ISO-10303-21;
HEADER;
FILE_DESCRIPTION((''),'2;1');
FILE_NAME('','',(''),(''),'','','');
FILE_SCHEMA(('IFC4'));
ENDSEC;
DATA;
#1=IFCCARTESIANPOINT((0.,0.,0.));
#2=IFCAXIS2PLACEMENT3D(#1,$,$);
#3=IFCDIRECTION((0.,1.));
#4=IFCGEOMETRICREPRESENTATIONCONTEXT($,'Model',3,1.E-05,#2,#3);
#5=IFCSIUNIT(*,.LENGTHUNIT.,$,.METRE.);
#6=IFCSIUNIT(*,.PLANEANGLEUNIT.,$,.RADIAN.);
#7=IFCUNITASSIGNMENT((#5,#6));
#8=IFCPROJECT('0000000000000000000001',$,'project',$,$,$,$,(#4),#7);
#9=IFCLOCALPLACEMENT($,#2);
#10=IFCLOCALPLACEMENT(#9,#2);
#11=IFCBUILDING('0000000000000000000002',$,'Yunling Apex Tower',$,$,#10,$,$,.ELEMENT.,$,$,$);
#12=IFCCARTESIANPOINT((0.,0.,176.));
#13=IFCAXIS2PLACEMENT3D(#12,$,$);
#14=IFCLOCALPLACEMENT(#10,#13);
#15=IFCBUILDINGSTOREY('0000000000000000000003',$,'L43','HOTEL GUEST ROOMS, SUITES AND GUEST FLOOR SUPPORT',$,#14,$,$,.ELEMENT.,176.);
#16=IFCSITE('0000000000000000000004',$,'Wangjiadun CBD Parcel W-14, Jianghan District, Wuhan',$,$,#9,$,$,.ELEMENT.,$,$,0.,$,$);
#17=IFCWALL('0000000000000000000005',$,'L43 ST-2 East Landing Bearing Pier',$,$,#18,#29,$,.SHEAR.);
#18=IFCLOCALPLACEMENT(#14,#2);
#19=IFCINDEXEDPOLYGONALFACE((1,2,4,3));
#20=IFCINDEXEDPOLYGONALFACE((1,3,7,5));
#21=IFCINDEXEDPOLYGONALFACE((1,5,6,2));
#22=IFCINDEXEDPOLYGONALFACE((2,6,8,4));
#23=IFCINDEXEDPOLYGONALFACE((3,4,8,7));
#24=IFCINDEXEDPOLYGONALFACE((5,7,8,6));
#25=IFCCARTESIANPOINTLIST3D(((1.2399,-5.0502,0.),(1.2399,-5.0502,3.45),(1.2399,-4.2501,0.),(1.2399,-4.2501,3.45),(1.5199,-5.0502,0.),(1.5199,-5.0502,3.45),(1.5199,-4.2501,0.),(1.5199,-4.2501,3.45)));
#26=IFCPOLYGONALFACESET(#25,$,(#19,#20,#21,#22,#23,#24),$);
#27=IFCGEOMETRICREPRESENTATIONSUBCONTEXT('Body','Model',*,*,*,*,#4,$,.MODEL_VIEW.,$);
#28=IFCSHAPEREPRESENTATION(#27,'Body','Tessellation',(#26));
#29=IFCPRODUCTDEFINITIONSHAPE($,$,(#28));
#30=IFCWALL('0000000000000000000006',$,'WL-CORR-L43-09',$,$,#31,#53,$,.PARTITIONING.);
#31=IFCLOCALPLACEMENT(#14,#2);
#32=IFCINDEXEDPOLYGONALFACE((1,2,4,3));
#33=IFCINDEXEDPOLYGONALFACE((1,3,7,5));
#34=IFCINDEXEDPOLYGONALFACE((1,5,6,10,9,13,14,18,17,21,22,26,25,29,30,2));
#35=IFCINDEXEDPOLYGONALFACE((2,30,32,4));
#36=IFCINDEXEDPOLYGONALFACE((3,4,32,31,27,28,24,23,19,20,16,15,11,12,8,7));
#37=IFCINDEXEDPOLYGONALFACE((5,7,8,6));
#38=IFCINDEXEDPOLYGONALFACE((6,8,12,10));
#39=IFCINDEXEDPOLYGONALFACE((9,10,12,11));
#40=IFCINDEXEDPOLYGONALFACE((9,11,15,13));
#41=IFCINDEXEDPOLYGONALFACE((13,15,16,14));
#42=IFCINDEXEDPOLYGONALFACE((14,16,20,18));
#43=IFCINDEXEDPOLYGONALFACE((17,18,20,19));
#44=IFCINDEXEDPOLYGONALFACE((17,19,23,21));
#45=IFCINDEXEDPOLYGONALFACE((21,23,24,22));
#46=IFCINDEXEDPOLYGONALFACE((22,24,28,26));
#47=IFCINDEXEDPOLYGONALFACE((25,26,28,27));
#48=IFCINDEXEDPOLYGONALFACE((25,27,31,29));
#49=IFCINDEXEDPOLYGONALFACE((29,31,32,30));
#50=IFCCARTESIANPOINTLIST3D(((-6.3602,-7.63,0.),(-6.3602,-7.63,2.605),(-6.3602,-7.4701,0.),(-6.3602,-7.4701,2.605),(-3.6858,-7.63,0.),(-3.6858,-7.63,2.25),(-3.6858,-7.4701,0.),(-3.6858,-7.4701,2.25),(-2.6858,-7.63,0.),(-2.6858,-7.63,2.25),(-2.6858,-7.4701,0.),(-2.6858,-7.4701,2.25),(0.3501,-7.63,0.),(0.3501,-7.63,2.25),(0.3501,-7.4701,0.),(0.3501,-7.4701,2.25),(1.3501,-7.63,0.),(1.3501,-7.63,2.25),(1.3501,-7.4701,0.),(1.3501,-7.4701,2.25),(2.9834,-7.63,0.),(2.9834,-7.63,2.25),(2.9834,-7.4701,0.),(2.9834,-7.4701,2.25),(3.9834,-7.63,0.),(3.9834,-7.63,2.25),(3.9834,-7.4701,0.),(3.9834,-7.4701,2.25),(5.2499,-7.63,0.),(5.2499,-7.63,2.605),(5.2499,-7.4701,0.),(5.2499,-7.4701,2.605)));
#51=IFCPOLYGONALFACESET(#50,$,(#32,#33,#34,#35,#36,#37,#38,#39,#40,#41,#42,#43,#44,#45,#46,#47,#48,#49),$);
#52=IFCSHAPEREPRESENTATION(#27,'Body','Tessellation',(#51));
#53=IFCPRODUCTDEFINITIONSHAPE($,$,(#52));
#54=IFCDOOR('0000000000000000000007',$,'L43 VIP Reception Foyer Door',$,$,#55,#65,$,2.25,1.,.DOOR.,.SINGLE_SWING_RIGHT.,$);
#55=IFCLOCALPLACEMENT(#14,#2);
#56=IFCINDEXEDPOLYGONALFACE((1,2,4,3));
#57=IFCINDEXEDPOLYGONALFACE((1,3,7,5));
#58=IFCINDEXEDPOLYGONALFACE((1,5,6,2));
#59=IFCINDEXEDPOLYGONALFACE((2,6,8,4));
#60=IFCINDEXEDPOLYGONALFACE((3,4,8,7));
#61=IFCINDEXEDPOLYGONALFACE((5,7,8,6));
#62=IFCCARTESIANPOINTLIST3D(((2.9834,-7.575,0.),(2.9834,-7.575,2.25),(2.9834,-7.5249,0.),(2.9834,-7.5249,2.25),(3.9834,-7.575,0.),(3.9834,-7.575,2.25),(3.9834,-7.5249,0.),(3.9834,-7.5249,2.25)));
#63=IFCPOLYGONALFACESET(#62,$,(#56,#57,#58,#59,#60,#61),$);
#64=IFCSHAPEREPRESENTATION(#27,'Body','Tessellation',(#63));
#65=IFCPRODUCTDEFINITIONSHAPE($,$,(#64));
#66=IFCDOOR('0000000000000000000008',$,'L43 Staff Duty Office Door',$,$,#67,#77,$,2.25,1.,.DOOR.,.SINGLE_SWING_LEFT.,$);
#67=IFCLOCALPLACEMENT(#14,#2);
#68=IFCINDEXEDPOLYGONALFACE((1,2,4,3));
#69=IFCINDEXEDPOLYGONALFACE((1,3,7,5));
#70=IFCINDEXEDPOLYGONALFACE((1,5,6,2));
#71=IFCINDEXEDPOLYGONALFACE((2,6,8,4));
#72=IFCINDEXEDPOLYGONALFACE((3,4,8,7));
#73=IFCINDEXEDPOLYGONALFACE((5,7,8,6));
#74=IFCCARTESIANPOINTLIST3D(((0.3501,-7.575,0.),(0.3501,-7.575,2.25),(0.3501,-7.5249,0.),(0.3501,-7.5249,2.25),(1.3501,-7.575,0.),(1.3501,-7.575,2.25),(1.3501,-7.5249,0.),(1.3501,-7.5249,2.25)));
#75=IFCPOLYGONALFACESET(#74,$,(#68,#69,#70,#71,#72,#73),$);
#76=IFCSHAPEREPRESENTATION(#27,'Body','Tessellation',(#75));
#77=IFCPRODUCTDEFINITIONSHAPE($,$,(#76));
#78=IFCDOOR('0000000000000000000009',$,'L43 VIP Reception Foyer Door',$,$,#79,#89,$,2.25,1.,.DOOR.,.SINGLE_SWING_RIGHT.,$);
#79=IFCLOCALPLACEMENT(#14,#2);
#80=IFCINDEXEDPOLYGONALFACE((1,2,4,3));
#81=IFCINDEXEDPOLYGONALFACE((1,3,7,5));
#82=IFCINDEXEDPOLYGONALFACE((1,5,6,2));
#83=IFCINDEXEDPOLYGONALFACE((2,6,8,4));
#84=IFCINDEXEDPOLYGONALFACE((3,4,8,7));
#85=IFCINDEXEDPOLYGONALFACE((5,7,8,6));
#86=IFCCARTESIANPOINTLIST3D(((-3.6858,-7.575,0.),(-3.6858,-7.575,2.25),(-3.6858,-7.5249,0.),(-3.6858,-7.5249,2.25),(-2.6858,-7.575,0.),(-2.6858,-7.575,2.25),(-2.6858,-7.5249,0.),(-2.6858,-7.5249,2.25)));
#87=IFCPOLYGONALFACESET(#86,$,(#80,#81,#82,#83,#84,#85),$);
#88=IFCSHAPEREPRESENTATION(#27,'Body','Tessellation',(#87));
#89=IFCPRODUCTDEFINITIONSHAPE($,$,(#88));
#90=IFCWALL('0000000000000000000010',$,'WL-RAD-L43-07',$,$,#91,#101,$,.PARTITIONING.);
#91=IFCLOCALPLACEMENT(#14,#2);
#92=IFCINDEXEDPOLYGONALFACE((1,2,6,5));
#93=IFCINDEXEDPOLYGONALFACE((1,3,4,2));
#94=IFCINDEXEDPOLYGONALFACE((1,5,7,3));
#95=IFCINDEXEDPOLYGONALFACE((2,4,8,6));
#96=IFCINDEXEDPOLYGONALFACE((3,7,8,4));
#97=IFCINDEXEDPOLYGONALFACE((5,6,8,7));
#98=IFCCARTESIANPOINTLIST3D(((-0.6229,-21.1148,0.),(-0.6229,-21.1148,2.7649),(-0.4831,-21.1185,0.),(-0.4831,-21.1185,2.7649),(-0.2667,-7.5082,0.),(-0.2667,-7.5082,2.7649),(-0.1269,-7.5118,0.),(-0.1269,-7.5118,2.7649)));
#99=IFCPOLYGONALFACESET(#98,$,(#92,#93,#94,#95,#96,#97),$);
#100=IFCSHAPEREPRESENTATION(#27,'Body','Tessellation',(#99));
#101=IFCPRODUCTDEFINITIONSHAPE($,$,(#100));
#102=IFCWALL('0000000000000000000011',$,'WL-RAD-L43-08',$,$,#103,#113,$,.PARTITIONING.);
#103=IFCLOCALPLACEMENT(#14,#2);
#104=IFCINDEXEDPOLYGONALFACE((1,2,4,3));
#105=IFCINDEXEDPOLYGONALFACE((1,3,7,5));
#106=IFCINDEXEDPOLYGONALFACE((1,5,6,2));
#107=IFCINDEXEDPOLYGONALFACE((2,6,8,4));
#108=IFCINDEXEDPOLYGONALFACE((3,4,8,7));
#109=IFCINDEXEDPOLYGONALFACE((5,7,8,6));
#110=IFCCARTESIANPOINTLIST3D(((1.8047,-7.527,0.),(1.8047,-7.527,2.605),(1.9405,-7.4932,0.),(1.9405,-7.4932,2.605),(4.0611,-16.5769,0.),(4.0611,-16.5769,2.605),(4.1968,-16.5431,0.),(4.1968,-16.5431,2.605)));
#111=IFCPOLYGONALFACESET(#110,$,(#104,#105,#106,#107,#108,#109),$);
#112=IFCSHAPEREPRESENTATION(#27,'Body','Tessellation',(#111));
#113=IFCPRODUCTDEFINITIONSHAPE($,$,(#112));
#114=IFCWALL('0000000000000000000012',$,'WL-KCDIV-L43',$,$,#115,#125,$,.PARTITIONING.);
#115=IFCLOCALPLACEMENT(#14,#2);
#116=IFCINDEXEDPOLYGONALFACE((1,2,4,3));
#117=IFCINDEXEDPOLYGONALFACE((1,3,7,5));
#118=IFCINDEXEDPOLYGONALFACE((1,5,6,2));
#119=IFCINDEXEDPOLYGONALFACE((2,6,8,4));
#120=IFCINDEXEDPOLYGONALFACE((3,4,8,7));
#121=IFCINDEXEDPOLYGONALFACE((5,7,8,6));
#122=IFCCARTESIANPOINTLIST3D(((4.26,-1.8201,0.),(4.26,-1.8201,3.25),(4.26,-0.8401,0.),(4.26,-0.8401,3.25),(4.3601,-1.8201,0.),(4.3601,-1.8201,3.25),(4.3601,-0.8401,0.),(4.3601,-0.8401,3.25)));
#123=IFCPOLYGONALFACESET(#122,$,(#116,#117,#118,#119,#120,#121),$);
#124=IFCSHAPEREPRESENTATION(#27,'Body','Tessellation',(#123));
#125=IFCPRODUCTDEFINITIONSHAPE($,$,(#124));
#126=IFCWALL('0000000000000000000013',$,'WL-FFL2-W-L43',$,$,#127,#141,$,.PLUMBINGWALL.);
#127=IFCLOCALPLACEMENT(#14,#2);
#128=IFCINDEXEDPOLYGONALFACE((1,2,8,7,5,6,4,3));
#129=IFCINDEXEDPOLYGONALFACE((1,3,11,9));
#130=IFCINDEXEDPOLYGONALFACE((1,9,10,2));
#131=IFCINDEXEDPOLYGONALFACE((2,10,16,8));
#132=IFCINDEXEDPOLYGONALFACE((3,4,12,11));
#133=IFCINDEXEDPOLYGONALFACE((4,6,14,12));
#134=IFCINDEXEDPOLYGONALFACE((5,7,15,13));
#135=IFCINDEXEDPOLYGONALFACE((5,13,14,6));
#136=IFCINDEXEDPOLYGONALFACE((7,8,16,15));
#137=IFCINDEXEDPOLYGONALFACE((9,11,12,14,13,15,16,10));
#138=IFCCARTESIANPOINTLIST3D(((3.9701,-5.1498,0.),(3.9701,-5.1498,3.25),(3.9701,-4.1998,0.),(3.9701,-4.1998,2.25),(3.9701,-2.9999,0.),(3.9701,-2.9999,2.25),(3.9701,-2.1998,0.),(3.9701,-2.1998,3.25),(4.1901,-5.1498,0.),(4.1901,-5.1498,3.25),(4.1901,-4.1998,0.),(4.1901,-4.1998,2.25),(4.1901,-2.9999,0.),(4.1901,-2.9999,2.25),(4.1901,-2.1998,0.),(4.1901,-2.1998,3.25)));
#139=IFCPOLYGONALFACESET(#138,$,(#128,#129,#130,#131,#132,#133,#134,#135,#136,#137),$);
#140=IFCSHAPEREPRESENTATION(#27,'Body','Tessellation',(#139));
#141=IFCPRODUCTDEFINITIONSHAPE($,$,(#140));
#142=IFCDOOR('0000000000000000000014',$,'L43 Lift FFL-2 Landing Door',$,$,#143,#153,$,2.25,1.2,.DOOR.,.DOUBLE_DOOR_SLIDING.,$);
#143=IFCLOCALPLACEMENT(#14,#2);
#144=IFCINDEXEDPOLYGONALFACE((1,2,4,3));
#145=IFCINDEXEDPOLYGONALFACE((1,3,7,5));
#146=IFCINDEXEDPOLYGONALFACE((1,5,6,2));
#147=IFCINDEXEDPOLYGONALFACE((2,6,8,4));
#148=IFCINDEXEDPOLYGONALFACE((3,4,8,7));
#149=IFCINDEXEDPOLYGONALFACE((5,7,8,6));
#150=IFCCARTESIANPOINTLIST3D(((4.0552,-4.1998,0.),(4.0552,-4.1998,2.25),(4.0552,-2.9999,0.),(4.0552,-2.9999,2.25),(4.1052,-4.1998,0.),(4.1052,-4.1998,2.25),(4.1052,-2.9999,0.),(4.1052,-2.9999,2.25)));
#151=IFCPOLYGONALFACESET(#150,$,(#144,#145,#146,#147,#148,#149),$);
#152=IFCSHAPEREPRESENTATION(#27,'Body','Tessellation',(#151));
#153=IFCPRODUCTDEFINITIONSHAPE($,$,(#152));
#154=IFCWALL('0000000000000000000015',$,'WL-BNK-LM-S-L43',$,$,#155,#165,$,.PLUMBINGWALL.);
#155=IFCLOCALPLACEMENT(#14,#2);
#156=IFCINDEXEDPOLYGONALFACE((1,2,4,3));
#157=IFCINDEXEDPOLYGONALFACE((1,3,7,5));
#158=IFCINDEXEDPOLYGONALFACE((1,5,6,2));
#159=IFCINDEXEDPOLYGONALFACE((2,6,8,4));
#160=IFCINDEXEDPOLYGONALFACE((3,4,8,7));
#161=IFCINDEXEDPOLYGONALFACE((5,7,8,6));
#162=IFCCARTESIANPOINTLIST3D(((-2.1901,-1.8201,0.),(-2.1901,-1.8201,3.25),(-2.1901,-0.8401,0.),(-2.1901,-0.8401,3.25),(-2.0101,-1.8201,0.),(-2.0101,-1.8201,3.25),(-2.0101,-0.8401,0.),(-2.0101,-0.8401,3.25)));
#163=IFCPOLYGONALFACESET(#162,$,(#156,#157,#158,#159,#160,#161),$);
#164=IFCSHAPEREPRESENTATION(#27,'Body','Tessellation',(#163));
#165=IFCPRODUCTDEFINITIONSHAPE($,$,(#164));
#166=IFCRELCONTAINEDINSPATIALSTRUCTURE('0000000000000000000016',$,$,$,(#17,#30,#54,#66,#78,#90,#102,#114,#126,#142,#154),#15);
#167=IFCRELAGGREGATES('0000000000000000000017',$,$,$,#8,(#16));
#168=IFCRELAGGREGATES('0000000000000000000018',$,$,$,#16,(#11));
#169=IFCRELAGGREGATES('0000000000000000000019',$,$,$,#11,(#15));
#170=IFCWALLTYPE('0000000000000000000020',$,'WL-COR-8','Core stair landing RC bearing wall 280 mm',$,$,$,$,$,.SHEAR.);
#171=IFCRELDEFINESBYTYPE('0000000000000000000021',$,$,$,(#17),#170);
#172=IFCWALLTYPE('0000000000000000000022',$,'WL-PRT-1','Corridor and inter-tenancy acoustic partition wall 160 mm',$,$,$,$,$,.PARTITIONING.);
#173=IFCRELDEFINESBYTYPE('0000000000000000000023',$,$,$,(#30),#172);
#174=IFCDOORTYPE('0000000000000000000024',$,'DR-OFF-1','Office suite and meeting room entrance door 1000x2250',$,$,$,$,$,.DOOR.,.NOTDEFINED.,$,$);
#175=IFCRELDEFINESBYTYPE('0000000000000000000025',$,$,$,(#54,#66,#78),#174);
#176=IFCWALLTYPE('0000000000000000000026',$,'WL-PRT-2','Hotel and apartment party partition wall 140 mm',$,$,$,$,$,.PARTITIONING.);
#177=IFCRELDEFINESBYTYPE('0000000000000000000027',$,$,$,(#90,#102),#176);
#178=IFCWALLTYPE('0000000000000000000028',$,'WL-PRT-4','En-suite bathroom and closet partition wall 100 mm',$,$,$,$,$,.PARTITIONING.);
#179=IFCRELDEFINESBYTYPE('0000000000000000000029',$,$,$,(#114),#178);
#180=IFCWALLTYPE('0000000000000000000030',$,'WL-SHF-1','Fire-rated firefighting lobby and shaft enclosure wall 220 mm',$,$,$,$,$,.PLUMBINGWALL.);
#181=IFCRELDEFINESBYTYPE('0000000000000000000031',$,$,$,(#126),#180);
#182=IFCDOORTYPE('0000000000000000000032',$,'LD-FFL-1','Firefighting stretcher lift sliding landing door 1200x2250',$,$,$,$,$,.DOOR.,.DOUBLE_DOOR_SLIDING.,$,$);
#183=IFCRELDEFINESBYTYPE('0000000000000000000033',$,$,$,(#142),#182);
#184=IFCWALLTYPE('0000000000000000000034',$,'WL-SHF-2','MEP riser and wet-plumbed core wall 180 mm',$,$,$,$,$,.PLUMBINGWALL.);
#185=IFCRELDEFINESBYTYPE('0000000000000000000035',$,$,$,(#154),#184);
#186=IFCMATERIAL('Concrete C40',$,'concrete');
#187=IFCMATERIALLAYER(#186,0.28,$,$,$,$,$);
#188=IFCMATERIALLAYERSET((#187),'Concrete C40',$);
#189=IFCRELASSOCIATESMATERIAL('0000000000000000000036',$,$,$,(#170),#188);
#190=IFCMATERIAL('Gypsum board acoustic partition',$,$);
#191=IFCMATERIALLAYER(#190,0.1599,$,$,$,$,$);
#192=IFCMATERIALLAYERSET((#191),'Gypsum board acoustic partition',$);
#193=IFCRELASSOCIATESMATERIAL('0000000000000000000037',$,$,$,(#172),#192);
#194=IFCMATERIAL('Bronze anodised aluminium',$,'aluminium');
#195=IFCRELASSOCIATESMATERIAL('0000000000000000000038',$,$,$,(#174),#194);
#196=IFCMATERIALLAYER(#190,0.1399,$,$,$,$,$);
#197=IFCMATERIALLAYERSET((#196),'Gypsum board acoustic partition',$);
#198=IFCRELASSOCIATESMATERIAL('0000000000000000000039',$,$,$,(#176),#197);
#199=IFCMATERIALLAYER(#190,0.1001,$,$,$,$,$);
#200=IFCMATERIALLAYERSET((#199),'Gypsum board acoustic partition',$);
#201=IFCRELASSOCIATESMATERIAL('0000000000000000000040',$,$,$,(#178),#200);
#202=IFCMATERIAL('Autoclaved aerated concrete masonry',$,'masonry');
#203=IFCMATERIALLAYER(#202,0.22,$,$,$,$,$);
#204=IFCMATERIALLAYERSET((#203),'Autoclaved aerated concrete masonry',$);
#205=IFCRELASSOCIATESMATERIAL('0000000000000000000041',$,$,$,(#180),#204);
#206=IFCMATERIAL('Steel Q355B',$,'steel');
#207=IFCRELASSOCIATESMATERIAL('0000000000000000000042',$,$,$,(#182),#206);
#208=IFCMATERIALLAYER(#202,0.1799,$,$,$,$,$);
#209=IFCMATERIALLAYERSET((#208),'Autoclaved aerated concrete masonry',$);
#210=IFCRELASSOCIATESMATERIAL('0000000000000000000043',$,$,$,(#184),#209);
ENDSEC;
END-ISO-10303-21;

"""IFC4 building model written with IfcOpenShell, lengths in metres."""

from ifc_helpers import new_model, si_unit, direction, frame, frame_2d, origin, place, context, subcontext, project, spatial, rectangle, extrude, material, layer, layer_set, type_object, element, fill, save


model = new_model("IFC4")

# Units and contexts
model_context = context("Model", 3, precision=1e-05, world=origin(), true_north=direction((0.0, 1.0)))
body_context = subcontext(model_context, "Body", "Model", "MODEL_VIEW")
ifc_project = project(units=[si_unit("LENGTHUNIT", "METRE"), si_unit("PLANEANGLEUNIT", "RADIAN")], contexts=[model_context])

# Site, building, storey
site_placement = place(None, origin())
site = spatial("IfcSite", under=ifc_project, at=site_placement, Name="Wangjiadun CBD Parcel W-14, Jianghan District, Wuhan", CompositionType="ELEMENT", RefElevation=0.0)
building_placement = place(site_placement, origin())
building = spatial("IfcBuilding", under=site, at=building_placement, Name="Yunling Apex Tower", CompositionType="ELEMENT")
storey_placement = place(building_placement, frame((0.0, 0.0, 176.0)))
storey = spatial("IfcBuildingStorey", under=building, at=storey_placement, Name="L43", Description="HOTEL GUEST ROOMS, SUITES AND GUEST FLOOR SUPPORT", CompositionType="ELEMENT", Elevation=176.0)

# Wall
ifc_material_1 = material(Name="Concrete C40", Category="concrete")
ifc_layer_1 = layer(ifc_material_1, 0.28)
ifc_layer_set_1 = layer_set([ifc_layer_1], Name="Concrete C40")
wall_type_1 = type_object("IfcWallType", Name="WL-COR-8", Description="Core stair landing RC bearing wall 280 mm", PredefinedType="SHEAR", material=ifc_layer_set_1)
wall_1_placement = place(storey_placement, frame((1.3799, -5.05, 0.0), z_axis=(0.0, 0.0, 1.0), x_axis=(0.0, 1.0, 0.0)))
element("IfcWall", 1, at=wall_1_placement, inside=storey, type_object=wall_type_1, Name="L43 ST-2 East Landing Bearing Pier", PredefinedType="SHEAR", context=body_context, shape_type="SweptSolid", body=[
    extrude(rectangle(XDim=0.8, YDim=0.28, at=frame_2d((0.3999, 0.0))), origin(), (0.0, 0.0, 1.0), 3.45),
])

# Wall, openings, doors
ifc_material_2 = material(Name="Gypsum board acoustic partition")
ifc_layer_2 = layer(ifc_material_2, 0.1599)
ifc_layer_set_2 = layer_set([ifc_layer_2], Name="Gypsum board acoustic partition")
wall_type_2 = type_object("IfcWallType", Name="WL-PRT-1", Description="Corridor and inter-tenancy acoustic partition wall 160 mm", PredefinedType="PARTITIONING", material=ifc_layer_set_2)
wall_2_placement = place(storey_placement, frame((5.25, -7.55, 0.0), z_axis=(0.0, 0.0, 1.0), x_axis=(-1.0, 0.0, 0.0)))
wall_2 = element("IfcWall", 2, at=wall_2_placement, inside=storey, type_object=wall_type_2, Name="WL-CORR-L43-09", PredefinedType="PARTITIONING", context=body_context, shape_type="SweptSolid", body=[
    extrude(rectangle(XDim=11.6101, YDim=0.1599, at=frame_2d((5.8052, 0.0))), origin(), (0.0, 0.0, 1.0), 2.605),
])
opening_1_placement = place(wall_2_placement, frame((1.2666, 0.0, 0.0)))
opening_1 = element("IfcOpeningElement", 3, at=opening_1_placement, cuts=wall_2, PredefinedType="OPENING", context=body_context, shape_type="SweptSolid", body=[
    extrude(rectangle(XDim=1.0, YDim=2.25, at=frame_2d((0.5, 1.125))), frame((0.0, 0.0898, 0.0), z_axis=(0.0, -1.0, 0.0), x_axis=(1.0, 0.0, 0.0)), (0.0, 0.0, 1.0), 0.1799),
])
opening_2_placement = place(wall_2_placement, frame((3.8999, 0.0, 0.0)))
opening_2 = element("IfcOpeningElement", 4, at=opening_2_placement, cuts=wall_2, PredefinedType="OPENING", context=body_context, shape_type="SweptSolid", body=[
    extrude(rectangle(XDim=1.0, YDim=2.25, at=frame_2d((0.5, 1.125))), frame((0.0, 0.0898, 0.0), z_axis=(0.0, -1.0, 0.0), x_axis=(1.0, 0.0, 0.0)), (0.0, 0.0, 1.0), 0.1799),
])
opening_3_placement = place(wall_2_placement, frame((7.9358, 0.0, 0.0)))
opening_3 = element("IfcOpeningElement", 5, at=opening_3_placement, cuts=wall_2, PredefinedType="OPENING", context=body_context, shape_type="SweptSolid", body=[
    extrude(rectangle(XDim=1.0, YDim=2.25, at=frame_2d((0.5, 1.125))), frame((0.0, 0.0898, 0.0), z_axis=(0.0, -1.0, 0.0), x_axis=(1.0, 0.0, 0.0)), (0.0, 0.0, 1.0), 0.1799),
])
ifc_material_3 = material(Name="Bronze anodised aluminium", Category="aluminium")
door_type_1 = type_object("IfcDoorType", Name="DR-OFF-1", Description="Office suite and meeting room entrance door 1000x2250", OperationType="NOTDEFINED", PredefinedType="DOOR", material=ifc_material_3)
door_1_placement = place(opening_1_placement, origin())
door_1 = element("IfcDoor", 6, at=door_1_placement, inside=storey, type_object=door_type_1, Name="L43 VIP Reception Foyer Door", OperationType="SINGLE_SWING_RIGHT", OverallHeight=2.25, OverallWidth=1.0, PredefinedType="DOOR", context=body_context, shape_type="SweptSolid", body=[
    extrude(rectangle(XDim=1.0, YDim=2.25, at=frame_2d((0.5, 1.125))), frame((0.0, 0.0249, 0.0), z_axis=(0.0, -1.0, 0.0), x_axis=(1.0, 0.0, 0.0)), (0.0, 0.0, 1.0), 0.05),
])
fill(opening_1, door_1)
door_2_placement = place(opening_2_placement, origin())
door_2 = element("IfcDoor", 7, at=door_2_placement, inside=storey, type_object=door_type_1, Name="L43 Staff Duty Office Door", OperationType="SINGLE_SWING_LEFT", OverallHeight=2.25, OverallWidth=1.0, PredefinedType="DOOR", context=body_context, shape_type="SweptSolid", body=[
    extrude(rectangle(XDim=1.0, YDim=2.25, at=frame_2d((0.5, 1.125))), frame((0.0, 0.0249, 0.0), z_axis=(0.0, -1.0, 0.0), x_axis=(1.0, 0.0, 0.0)), (0.0, 0.0, 1.0), 0.05),
])
fill(opening_2, door_2)
door_3_placement = place(opening_3_placement, origin())
door_3 = element("IfcDoor", 8, at=door_3_placement, inside=storey, type_object=door_type_1, Name="L43 VIP Reception Foyer Door", OperationType="SINGLE_SWING_RIGHT", OverallHeight=2.25, OverallWidth=1.0, PredefinedType="DOOR", context=body_context, shape_type="SweptSolid", body=[
    extrude(rectangle(XDim=1.0, YDim=2.25, at=frame_2d((0.5, 1.125))), frame((0.0, 0.0249, 0.0), z_axis=(0.0, -1.0, 0.0), x_axis=(1.0, 0.0, 0.0)), (0.0, 0.0, 1.0), 0.05),
])
fill(opening_3, door_3)

# Walls
ifc_layer_3 = layer(ifc_material_2, 0.1399)
ifc_layer_set_3 = layer_set([ifc_layer_3], Name="Gypsum board acoustic partition")
wall_type_3 = type_object("IfcWallType", Name="WL-PRT-2", Description="Hotel and apartment party partition wall 140 mm", PredefinedType="PARTITIONING", material=ifc_layer_set_3)
wall_3_placement = place(storey_placement, frame((-0.1968, -7.51, 0.0), z_axis=(0.0, 0.0, 1.0), x_axis=(-0.026169, -0.999658, 0.0)))
element("IfcWall", 9, at=wall_3_placement, inside=storey, type_object=wall_type_3, Name="WL-RAD-L43-07", PredefinedType="PARTITIONING", context=body_context, shape_type="SweptSolid", body=[
    extrude(rectangle(XDim=13.6113, YDim=0.1399, at=frame_2d((6.8057, 0.0))), origin(), (0.0, 0.0, 1.0), 2.7649),
])
wall_4_placement = place(storey_placement, frame((1.8726, -7.51, 0.0), z_axis=(0.0, 0.0, 1.0), x_axis=(0.24192, -0.970296, 0.0)))
element("IfcWall", 10, at=wall_4_placement, inside=storey, type_object=wall_type_3, Name="WL-RAD-L43-08", PredefinedType="PARTITIONING", context=body_context, shape_type="SweptSolid", body=[
    extrude(rectangle(XDim=9.3269, YDim=0.1399, at=frame_2d((4.6636, 0.0))), origin(), (0.0, 0.0, 1.0), 2.605),
])
ifc_layer_4 = layer(ifc_material_2, 0.1001)
ifc_layer_set_4 = layer_set([ifc_layer_4], Name="Gypsum board acoustic partition")
wall_type_4 = type_object("IfcWallType", Name="WL-PRT-4", Description="En-suite bathroom and closet partition wall 100 mm", PredefinedType="PARTITIONING", material=ifc_layer_set_4)
wall_5_placement = place(storey_placement, frame((4.3101, -1.8201, 0.0), z_axis=(0.0, 0.0, 1.0), x_axis=(0.0, 1.0, 0.0)))
element("IfcWall", 11, at=wall_5_placement, inside=storey, type_object=wall_type_4, Name="WL-KCDIV-L43", PredefinedType="PARTITIONING", context=body_context, shape_type="SweptSolid", body=[
    extrude(rectangle(XDim=0.98, YDim=0.1001, at=frame_2d((0.49, 0.0))), origin(), (0.0, 0.0, 1.0), 3.25),
])

# Wall, opening, door
ifc_material_4 = material(Name="Autoclaved aerated concrete masonry", Category="masonry")
ifc_layer_5 = layer(ifc_material_4, 0.22)
ifc_layer_set_5 = layer_set([ifc_layer_5], Name="Autoclaved aerated concrete masonry")
wall_type_5 = type_object("IfcWallType", Name="WL-SHF-1", Description="Fire-rated firefighting lobby and shaft enclosure wall 220 mm", PredefinedType="PLUMBINGWALL", material=ifc_layer_set_5)
ifc_material_5 = material(Name="Steel Q355B", Category="steel")
wall_6_placement = place(storey_placement, frame((4.0801, -5.1499, 0.0), z_axis=(0.0, 0.0, 1.0), x_axis=(0.0, 1.0, 0.0)))
wall_6 = element("IfcWall", 12, at=wall_6_placement, inside=storey, type_object=wall_type_5, Name="WL-FFL2-W-L43", PredefinedType="PLUMBINGWALL", context=body_context, shape_type="SweptSolid", body=[
    extrude(rectangle(XDim=2.95, YDim=0.22, at=frame_2d((1.4751, 0.0))), origin(), (0.0, 0.0, 1.0), 3.25),
])
opening_4_placement = place(wall_6_placement, frame((0.95, 0.0, 0.0)))
opening_4 = element("IfcOpeningElement", 13, at=opening_4_placement, cuts=wall_6, PredefinedType="OPENING", context=body_context, shape_type="SweptSolid", body=[
    extrude(rectangle(XDim=1.2, YDim=2.25, at=frame_2d((0.6001, 1.125))), frame((0.0, 0.1201, 0.0), z_axis=(0.0, -1.0, 0.0), x_axis=(1.0, 0.0, 0.0)), (0.0, 0.0, 1.0), 0.24),
])
door_type_2 = type_object("IfcDoorType", Name="LD-FFL-1", Description="Firefighting stretcher lift sliding landing door 1200x2250", OperationType="DOUBLE_DOOR_SLIDING", PredefinedType="DOOR", material=ifc_material_5)
door_4_placement = place(opening_4_placement, origin())
door_4 = element("IfcDoor", 14, at=door_4_placement, inside=storey, type_object=door_type_2, Name="L43 Lift FFL-2 Landing Door", OperationType="DOUBLE_DOOR_SLIDING", OverallHeight=2.25, OverallWidth=1.2, PredefinedType="DOOR", context=body_context, shape_type="SweptSolid", body=[
    extrude(rectangle(XDim=1.2, YDim=2.25, at=frame_2d((0.6001, 1.125))), frame((0.0, 0.0249, 0.0), z_axis=(0.0, -1.0, 0.0), x_axis=(1.0, 0.0, 0.0)), (0.0, 0.0, 1.0), 0.05),
])
fill(opening_4, door_4)

# Wall
ifc_layer_6 = layer(ifc_material_4, 0.1799)
ifc_layer_set_6 = layer_set([ifc_layer_6], Name="Autoclaved aerated concrete masonry")
wall_type_6 = type_object("IfcWallType", Name="WL-SHF-2", Description="MEP riser and wet-plumbed core wall 180 mm", PredefinedType="PLUMBINGWALL", material=ifc_layer_set_6)
for number, where, z_axis, x_axis, name in (
    (15, (-2.1001, -1.8201, 0.0), (0.0, 0.0, 1.0), (0.0, 1.0, 0.0), "WL-BNK-LM-S-L43"),
):
    element("IfcWall", number, at=place(storey_placement, frame(where, z_axis=z_axis, x_axis=x_axis)), inside=storey, type_object=wall_type_6, Name=name, PredefinedType="PLUMBINGWALL", context=body_context, shape_type="SweptSolid", body=[
        extrude(rectangle(XDim=0.98, YDim=0.1799, at=frame_2d((0.49, 0.0))), origin(), (0.0, 0.0, 1.0), 3.25),
    ])

save(model, "model.ifc")
